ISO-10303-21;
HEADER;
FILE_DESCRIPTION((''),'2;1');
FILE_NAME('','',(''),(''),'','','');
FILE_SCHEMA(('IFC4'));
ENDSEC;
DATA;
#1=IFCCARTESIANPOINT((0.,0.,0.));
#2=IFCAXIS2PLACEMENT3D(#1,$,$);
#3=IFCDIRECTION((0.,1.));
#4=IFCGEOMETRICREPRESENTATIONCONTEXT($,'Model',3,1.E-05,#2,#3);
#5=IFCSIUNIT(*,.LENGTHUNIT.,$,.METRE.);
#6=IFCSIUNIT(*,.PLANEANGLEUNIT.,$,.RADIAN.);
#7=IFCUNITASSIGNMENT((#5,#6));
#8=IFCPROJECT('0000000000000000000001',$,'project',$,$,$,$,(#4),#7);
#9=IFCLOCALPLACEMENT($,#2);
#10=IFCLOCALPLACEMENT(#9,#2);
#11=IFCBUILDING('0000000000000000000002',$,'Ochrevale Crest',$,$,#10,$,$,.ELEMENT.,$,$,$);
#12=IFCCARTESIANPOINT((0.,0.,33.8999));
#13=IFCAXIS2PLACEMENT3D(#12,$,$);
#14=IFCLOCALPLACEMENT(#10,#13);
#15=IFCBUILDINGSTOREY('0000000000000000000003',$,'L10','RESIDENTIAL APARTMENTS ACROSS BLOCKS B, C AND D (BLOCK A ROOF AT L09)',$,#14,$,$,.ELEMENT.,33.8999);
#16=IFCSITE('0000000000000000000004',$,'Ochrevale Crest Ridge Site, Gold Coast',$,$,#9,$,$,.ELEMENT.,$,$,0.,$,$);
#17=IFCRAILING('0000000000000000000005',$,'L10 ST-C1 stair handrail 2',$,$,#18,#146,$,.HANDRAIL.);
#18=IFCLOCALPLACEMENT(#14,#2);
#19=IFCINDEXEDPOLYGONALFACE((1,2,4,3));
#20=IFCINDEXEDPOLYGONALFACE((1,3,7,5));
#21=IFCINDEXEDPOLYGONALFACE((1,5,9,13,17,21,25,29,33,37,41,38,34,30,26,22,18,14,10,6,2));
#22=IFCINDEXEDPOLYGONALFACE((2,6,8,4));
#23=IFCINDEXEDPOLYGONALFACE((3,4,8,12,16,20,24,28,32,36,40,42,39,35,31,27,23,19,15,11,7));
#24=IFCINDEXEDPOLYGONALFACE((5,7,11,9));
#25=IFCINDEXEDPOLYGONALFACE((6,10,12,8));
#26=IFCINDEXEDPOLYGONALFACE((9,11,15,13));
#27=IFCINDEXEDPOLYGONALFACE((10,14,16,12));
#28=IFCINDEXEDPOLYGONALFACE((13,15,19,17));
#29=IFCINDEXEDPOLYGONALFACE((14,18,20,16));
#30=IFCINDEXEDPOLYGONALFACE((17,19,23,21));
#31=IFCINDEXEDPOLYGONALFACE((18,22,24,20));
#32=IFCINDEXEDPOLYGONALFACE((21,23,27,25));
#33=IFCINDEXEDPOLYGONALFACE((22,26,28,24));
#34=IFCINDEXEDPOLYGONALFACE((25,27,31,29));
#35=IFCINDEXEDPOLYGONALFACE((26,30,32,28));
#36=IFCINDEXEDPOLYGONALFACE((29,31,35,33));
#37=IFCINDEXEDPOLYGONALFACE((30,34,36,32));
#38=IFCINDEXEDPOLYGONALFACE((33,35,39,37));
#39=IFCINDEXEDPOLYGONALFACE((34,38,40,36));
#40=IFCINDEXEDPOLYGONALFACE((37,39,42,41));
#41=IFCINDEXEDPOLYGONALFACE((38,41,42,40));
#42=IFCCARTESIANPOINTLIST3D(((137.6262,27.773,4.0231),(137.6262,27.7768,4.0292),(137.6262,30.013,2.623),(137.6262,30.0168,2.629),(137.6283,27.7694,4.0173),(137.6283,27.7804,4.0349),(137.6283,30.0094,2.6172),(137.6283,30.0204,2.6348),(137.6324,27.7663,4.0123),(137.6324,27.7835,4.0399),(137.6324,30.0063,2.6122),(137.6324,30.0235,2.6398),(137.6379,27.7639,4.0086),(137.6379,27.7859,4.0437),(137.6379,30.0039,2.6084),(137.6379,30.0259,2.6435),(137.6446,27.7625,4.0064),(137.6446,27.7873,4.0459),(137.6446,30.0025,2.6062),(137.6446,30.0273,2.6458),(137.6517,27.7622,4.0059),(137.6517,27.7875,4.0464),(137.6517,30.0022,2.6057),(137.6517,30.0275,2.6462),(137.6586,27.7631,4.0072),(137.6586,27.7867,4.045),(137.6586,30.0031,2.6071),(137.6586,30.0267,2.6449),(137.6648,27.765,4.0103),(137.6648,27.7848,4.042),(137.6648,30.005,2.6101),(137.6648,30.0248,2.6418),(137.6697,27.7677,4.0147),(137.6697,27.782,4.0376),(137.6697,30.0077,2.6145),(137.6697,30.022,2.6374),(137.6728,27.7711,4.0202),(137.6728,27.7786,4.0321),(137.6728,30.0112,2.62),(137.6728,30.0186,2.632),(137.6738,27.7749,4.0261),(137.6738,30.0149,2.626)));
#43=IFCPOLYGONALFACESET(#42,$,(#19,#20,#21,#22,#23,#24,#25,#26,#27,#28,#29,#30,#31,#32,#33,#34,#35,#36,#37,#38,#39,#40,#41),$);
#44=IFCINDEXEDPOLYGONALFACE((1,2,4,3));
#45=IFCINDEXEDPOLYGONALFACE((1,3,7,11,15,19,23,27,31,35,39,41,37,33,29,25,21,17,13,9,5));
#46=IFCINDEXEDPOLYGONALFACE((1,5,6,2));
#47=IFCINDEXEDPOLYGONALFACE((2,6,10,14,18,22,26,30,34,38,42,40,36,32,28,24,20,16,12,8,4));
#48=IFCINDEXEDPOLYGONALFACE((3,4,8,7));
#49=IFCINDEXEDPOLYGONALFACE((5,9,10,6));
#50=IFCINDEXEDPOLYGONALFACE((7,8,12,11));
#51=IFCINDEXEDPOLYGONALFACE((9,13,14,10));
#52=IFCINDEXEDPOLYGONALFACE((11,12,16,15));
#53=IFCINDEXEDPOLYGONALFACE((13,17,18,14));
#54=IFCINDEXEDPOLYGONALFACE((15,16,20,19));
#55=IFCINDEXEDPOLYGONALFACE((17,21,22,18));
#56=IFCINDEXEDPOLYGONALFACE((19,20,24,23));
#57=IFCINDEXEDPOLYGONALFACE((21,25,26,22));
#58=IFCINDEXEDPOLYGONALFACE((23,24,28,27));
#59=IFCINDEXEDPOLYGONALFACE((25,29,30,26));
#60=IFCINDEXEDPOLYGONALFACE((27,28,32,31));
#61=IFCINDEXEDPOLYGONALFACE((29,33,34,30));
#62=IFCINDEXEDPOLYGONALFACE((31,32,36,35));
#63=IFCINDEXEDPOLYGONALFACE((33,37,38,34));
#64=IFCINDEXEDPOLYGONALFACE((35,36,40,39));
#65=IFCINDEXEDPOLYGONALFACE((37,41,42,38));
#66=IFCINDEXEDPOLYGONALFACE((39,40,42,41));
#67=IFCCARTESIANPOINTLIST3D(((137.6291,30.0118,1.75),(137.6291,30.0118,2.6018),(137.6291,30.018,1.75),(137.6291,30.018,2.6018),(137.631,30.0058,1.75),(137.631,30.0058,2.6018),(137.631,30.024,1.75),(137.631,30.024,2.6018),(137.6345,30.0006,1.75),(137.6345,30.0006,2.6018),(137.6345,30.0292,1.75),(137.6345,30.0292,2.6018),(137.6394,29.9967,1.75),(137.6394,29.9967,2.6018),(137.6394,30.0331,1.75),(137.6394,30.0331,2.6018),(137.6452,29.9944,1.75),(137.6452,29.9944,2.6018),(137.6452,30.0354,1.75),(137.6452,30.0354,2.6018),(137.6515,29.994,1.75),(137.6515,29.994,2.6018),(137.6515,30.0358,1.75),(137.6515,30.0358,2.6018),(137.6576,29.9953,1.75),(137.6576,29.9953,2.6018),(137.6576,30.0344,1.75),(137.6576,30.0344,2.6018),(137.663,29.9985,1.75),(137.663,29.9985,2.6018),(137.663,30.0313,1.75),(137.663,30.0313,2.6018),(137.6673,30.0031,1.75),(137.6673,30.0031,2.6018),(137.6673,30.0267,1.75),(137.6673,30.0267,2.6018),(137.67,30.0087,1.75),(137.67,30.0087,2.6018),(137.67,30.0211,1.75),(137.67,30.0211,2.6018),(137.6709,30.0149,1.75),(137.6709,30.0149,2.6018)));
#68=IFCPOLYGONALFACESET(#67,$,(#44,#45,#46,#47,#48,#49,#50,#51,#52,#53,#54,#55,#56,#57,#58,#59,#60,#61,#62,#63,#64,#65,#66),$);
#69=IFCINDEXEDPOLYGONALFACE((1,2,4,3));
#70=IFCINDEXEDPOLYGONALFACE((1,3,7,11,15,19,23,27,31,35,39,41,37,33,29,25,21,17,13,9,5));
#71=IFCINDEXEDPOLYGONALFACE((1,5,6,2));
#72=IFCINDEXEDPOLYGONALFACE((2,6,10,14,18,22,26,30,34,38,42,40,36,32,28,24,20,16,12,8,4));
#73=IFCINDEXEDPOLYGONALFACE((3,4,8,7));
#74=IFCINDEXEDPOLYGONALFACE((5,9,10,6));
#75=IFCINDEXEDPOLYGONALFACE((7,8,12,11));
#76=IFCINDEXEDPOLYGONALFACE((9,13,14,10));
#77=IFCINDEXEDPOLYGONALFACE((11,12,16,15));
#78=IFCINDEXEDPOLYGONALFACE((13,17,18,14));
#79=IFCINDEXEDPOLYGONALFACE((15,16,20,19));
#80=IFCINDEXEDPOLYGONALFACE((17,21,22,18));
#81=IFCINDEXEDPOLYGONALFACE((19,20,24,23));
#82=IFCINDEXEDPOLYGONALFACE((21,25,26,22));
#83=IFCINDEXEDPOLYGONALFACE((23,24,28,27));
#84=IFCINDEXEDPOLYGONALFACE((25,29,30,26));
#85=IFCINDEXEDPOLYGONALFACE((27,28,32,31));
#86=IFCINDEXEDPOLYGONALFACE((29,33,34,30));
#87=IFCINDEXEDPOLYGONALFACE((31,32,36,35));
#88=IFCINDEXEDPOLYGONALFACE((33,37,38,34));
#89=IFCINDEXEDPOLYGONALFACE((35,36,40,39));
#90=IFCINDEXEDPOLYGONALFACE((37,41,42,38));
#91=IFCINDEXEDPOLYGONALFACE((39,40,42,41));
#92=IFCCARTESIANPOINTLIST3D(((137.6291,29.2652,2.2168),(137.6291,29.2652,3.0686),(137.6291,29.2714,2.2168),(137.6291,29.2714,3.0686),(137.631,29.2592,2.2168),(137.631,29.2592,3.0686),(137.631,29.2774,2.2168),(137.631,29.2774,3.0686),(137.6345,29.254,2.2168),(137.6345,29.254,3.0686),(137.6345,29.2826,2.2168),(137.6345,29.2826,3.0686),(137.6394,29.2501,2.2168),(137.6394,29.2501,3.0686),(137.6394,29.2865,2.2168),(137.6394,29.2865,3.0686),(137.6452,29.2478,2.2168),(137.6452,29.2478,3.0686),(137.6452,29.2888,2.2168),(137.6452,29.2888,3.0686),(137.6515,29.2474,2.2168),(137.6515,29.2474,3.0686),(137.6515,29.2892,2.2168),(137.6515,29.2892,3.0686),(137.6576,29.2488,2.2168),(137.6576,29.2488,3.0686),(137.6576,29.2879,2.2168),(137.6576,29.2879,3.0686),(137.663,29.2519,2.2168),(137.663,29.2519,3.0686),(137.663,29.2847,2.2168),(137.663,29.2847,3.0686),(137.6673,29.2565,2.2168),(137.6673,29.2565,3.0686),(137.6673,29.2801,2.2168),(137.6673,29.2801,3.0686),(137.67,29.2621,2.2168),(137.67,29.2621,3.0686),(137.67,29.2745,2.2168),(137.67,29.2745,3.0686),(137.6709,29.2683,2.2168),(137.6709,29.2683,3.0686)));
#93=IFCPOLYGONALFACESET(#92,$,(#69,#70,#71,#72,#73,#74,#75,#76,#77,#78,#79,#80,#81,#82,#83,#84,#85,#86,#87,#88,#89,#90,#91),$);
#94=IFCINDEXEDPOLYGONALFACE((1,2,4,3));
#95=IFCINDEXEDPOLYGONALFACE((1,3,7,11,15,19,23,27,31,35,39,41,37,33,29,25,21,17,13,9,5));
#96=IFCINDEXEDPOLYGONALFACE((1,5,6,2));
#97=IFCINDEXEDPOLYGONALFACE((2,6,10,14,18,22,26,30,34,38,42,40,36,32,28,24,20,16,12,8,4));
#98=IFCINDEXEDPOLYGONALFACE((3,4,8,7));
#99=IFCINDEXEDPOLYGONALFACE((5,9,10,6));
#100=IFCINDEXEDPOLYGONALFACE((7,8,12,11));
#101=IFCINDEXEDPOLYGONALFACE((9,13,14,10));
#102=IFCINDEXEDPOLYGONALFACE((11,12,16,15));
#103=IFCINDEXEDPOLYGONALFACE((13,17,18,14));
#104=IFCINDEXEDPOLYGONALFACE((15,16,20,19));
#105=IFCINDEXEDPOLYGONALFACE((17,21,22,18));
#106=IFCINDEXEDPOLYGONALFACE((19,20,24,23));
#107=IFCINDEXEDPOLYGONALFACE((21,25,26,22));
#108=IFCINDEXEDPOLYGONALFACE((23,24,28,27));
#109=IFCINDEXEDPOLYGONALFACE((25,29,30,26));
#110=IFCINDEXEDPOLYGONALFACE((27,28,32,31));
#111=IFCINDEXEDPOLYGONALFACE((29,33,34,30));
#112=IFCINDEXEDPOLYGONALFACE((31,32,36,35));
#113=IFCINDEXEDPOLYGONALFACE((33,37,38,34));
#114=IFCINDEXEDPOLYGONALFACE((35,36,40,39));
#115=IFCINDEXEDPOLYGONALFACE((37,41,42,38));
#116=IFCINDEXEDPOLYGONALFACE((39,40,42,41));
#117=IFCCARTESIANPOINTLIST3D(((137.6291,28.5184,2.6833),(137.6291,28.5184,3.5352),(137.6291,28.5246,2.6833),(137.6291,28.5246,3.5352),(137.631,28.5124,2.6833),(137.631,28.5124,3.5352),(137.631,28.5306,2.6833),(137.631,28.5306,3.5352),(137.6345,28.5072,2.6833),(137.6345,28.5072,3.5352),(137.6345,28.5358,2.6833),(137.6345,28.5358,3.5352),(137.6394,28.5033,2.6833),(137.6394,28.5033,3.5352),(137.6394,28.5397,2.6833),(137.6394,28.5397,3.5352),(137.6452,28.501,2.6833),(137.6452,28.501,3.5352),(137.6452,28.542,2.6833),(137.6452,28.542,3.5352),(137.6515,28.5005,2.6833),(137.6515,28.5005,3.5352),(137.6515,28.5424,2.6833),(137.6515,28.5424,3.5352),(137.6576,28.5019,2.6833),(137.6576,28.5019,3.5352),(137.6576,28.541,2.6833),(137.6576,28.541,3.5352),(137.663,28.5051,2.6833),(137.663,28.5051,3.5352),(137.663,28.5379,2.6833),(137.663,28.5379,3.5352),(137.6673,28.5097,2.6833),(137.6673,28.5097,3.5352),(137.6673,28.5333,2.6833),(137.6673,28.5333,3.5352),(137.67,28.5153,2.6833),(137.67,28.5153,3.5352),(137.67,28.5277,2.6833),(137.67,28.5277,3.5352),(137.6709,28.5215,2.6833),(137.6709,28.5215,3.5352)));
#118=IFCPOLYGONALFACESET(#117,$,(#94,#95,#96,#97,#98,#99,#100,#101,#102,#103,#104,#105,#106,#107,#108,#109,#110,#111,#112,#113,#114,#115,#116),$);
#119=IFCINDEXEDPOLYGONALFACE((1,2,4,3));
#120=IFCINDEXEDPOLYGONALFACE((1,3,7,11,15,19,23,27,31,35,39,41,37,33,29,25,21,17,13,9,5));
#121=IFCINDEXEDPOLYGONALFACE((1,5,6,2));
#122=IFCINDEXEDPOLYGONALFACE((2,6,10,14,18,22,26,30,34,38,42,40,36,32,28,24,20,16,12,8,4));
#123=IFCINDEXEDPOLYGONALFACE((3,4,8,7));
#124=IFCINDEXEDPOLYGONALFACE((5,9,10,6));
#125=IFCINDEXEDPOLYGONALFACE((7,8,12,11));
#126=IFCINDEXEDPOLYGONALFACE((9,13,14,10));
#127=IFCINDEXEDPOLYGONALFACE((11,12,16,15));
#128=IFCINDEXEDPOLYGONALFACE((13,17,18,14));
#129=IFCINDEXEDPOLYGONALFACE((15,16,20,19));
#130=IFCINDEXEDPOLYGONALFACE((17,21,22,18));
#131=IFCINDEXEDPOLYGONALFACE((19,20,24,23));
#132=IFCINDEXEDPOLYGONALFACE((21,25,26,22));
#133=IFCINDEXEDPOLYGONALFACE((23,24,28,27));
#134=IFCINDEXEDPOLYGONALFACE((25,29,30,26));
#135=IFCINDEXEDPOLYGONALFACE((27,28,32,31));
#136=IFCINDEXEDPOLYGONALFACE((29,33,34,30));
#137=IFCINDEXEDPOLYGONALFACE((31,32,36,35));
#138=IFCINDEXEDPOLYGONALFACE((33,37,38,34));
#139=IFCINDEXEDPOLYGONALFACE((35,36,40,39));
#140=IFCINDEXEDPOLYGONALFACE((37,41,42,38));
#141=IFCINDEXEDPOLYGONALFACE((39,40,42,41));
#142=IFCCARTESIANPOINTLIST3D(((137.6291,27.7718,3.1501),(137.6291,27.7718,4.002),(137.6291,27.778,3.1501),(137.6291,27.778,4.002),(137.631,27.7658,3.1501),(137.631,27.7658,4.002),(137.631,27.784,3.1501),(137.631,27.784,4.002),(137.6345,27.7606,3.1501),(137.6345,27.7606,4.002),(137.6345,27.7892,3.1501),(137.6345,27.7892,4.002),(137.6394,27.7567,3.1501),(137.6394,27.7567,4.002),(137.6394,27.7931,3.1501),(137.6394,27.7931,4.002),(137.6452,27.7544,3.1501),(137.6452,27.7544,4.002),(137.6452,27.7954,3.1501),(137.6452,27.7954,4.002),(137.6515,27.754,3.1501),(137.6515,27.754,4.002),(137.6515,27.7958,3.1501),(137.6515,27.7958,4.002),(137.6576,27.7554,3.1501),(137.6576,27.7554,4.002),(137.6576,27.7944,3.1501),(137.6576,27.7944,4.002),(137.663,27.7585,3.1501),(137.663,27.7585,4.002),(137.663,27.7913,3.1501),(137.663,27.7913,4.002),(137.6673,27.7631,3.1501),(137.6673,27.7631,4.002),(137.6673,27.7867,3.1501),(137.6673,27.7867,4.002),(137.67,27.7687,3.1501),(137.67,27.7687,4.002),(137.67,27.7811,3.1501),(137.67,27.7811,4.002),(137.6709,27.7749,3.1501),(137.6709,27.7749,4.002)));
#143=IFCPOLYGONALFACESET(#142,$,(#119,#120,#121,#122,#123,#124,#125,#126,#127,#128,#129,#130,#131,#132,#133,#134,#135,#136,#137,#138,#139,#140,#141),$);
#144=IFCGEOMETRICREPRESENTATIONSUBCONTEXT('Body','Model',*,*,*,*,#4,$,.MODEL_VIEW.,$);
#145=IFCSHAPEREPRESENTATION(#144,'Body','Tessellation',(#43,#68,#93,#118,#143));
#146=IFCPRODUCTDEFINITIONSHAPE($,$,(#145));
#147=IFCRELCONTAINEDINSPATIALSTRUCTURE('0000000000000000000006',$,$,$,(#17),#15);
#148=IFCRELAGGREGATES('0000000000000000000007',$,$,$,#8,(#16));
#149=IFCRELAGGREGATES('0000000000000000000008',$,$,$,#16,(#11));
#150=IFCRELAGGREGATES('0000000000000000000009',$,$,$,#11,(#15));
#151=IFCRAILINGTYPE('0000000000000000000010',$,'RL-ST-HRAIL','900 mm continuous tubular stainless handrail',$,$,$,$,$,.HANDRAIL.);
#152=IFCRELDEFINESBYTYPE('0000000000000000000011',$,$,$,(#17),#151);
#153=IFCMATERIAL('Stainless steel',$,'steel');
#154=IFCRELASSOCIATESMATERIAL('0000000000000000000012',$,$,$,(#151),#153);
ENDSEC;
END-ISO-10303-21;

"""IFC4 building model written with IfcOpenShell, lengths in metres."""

from ifc_helpers import new_model, si_unit, direction, frame, origin, origin_2d, place, context, subcontext, project, spatial, circle, extrude, material, type_object, element, save


model = new_model("IFC4")

# Units and contexts
model_context = context("Model", 3, precision=1e-05, world=origin(), true_north=direction((0.0, 1.0)))
body_context = subcontext(model_context, "Body", "Model", "MODEL_VIEW")
ifc_project = project(units=[si_unit("LENGTHUNIT", "METRE"), si_unit("PLANEANGLEUNIT", "RADIAN")], contexts=[model_context])

# Site, building, storey
site_placement = place(None, origin())
site = spatial("IfcSite", under=ifc_project, at=site_placement, Name="Ochrevale Crest Ridge Site, Gold Coast", CompositionType="ELEMENT", RefElevation=0.0)
building_placement = place(site_placement, origin())
building = spatial("IfcBuilding", under=site, at=building_placement, Name="Ochrevale Crest", CompositionType="ELEMENT")
storey_placement = place(building_placement, frame((0.0, 0.0, 33.8999)))
storey = spatial("IfcBuildingStorey", under=building, at=storey_placement, Name="L10", Description="RESIDENTIAL APARTMENTS ACROSS BLOCKS B, C AND D (BLOCK A ROOF AT L09)", CompositionType="ELEMENT", Elevation=33.8999)

# Railing
ifc_material_1 = material(Name="Stainless steel", Category="steel")
railing_type_1 = type_object("IfcRailingType", Name="RL-ST-HRAIL", Description="900 mm continuous tubular stainless handrail", PredefinedType="HANDRAIL", material=ifc_material_1)
railing_1_placement = place(storey_placement, frame((137.6499, 30.0149, 1.75)))
element("IfcRailing", 1, at=railing_1_placement, inside=storey, type_object=railing_type_1, Name="L10 ST-C1 stair handrail 2", PredefinedType="HANDRAIL", context=body_context, shape_type="SweptSolid", body=[
    extrude(circle(Radius=0.0239, at=origin_2d()), frame((0.0, 0.0, 0.876), z_axis=(0.0, -0.847972, 0.53004), x_axis=(1.0, 0.0, 0.0)), (0.0, 0.0, 1.0), 2.6416),
    extrude(circle(Radius=0.021, at=origin_2d()), origin(), (0.0, 0.0, 1.0), 0.8518),
    extrude(circle(Radius=0.021, at=origin_2d()), frame((0.0, -0.7466, 0.4668)), (0.0, 0.0, 1.0), 0.8518),
    extrude(circle(Radius=0.021, at=origin_2d()), frame((0.0, -1.4934, 0.9333)), (0.0, 0.0, 1.0), 0.8518),
    extrude(circle(Radius=0.021, at=origin_2d()), frame((0.0, -2.24, 1.4001)), (0.0, 0.0, 1.0), 0.8518),
])

save(model, "model.ifc")
